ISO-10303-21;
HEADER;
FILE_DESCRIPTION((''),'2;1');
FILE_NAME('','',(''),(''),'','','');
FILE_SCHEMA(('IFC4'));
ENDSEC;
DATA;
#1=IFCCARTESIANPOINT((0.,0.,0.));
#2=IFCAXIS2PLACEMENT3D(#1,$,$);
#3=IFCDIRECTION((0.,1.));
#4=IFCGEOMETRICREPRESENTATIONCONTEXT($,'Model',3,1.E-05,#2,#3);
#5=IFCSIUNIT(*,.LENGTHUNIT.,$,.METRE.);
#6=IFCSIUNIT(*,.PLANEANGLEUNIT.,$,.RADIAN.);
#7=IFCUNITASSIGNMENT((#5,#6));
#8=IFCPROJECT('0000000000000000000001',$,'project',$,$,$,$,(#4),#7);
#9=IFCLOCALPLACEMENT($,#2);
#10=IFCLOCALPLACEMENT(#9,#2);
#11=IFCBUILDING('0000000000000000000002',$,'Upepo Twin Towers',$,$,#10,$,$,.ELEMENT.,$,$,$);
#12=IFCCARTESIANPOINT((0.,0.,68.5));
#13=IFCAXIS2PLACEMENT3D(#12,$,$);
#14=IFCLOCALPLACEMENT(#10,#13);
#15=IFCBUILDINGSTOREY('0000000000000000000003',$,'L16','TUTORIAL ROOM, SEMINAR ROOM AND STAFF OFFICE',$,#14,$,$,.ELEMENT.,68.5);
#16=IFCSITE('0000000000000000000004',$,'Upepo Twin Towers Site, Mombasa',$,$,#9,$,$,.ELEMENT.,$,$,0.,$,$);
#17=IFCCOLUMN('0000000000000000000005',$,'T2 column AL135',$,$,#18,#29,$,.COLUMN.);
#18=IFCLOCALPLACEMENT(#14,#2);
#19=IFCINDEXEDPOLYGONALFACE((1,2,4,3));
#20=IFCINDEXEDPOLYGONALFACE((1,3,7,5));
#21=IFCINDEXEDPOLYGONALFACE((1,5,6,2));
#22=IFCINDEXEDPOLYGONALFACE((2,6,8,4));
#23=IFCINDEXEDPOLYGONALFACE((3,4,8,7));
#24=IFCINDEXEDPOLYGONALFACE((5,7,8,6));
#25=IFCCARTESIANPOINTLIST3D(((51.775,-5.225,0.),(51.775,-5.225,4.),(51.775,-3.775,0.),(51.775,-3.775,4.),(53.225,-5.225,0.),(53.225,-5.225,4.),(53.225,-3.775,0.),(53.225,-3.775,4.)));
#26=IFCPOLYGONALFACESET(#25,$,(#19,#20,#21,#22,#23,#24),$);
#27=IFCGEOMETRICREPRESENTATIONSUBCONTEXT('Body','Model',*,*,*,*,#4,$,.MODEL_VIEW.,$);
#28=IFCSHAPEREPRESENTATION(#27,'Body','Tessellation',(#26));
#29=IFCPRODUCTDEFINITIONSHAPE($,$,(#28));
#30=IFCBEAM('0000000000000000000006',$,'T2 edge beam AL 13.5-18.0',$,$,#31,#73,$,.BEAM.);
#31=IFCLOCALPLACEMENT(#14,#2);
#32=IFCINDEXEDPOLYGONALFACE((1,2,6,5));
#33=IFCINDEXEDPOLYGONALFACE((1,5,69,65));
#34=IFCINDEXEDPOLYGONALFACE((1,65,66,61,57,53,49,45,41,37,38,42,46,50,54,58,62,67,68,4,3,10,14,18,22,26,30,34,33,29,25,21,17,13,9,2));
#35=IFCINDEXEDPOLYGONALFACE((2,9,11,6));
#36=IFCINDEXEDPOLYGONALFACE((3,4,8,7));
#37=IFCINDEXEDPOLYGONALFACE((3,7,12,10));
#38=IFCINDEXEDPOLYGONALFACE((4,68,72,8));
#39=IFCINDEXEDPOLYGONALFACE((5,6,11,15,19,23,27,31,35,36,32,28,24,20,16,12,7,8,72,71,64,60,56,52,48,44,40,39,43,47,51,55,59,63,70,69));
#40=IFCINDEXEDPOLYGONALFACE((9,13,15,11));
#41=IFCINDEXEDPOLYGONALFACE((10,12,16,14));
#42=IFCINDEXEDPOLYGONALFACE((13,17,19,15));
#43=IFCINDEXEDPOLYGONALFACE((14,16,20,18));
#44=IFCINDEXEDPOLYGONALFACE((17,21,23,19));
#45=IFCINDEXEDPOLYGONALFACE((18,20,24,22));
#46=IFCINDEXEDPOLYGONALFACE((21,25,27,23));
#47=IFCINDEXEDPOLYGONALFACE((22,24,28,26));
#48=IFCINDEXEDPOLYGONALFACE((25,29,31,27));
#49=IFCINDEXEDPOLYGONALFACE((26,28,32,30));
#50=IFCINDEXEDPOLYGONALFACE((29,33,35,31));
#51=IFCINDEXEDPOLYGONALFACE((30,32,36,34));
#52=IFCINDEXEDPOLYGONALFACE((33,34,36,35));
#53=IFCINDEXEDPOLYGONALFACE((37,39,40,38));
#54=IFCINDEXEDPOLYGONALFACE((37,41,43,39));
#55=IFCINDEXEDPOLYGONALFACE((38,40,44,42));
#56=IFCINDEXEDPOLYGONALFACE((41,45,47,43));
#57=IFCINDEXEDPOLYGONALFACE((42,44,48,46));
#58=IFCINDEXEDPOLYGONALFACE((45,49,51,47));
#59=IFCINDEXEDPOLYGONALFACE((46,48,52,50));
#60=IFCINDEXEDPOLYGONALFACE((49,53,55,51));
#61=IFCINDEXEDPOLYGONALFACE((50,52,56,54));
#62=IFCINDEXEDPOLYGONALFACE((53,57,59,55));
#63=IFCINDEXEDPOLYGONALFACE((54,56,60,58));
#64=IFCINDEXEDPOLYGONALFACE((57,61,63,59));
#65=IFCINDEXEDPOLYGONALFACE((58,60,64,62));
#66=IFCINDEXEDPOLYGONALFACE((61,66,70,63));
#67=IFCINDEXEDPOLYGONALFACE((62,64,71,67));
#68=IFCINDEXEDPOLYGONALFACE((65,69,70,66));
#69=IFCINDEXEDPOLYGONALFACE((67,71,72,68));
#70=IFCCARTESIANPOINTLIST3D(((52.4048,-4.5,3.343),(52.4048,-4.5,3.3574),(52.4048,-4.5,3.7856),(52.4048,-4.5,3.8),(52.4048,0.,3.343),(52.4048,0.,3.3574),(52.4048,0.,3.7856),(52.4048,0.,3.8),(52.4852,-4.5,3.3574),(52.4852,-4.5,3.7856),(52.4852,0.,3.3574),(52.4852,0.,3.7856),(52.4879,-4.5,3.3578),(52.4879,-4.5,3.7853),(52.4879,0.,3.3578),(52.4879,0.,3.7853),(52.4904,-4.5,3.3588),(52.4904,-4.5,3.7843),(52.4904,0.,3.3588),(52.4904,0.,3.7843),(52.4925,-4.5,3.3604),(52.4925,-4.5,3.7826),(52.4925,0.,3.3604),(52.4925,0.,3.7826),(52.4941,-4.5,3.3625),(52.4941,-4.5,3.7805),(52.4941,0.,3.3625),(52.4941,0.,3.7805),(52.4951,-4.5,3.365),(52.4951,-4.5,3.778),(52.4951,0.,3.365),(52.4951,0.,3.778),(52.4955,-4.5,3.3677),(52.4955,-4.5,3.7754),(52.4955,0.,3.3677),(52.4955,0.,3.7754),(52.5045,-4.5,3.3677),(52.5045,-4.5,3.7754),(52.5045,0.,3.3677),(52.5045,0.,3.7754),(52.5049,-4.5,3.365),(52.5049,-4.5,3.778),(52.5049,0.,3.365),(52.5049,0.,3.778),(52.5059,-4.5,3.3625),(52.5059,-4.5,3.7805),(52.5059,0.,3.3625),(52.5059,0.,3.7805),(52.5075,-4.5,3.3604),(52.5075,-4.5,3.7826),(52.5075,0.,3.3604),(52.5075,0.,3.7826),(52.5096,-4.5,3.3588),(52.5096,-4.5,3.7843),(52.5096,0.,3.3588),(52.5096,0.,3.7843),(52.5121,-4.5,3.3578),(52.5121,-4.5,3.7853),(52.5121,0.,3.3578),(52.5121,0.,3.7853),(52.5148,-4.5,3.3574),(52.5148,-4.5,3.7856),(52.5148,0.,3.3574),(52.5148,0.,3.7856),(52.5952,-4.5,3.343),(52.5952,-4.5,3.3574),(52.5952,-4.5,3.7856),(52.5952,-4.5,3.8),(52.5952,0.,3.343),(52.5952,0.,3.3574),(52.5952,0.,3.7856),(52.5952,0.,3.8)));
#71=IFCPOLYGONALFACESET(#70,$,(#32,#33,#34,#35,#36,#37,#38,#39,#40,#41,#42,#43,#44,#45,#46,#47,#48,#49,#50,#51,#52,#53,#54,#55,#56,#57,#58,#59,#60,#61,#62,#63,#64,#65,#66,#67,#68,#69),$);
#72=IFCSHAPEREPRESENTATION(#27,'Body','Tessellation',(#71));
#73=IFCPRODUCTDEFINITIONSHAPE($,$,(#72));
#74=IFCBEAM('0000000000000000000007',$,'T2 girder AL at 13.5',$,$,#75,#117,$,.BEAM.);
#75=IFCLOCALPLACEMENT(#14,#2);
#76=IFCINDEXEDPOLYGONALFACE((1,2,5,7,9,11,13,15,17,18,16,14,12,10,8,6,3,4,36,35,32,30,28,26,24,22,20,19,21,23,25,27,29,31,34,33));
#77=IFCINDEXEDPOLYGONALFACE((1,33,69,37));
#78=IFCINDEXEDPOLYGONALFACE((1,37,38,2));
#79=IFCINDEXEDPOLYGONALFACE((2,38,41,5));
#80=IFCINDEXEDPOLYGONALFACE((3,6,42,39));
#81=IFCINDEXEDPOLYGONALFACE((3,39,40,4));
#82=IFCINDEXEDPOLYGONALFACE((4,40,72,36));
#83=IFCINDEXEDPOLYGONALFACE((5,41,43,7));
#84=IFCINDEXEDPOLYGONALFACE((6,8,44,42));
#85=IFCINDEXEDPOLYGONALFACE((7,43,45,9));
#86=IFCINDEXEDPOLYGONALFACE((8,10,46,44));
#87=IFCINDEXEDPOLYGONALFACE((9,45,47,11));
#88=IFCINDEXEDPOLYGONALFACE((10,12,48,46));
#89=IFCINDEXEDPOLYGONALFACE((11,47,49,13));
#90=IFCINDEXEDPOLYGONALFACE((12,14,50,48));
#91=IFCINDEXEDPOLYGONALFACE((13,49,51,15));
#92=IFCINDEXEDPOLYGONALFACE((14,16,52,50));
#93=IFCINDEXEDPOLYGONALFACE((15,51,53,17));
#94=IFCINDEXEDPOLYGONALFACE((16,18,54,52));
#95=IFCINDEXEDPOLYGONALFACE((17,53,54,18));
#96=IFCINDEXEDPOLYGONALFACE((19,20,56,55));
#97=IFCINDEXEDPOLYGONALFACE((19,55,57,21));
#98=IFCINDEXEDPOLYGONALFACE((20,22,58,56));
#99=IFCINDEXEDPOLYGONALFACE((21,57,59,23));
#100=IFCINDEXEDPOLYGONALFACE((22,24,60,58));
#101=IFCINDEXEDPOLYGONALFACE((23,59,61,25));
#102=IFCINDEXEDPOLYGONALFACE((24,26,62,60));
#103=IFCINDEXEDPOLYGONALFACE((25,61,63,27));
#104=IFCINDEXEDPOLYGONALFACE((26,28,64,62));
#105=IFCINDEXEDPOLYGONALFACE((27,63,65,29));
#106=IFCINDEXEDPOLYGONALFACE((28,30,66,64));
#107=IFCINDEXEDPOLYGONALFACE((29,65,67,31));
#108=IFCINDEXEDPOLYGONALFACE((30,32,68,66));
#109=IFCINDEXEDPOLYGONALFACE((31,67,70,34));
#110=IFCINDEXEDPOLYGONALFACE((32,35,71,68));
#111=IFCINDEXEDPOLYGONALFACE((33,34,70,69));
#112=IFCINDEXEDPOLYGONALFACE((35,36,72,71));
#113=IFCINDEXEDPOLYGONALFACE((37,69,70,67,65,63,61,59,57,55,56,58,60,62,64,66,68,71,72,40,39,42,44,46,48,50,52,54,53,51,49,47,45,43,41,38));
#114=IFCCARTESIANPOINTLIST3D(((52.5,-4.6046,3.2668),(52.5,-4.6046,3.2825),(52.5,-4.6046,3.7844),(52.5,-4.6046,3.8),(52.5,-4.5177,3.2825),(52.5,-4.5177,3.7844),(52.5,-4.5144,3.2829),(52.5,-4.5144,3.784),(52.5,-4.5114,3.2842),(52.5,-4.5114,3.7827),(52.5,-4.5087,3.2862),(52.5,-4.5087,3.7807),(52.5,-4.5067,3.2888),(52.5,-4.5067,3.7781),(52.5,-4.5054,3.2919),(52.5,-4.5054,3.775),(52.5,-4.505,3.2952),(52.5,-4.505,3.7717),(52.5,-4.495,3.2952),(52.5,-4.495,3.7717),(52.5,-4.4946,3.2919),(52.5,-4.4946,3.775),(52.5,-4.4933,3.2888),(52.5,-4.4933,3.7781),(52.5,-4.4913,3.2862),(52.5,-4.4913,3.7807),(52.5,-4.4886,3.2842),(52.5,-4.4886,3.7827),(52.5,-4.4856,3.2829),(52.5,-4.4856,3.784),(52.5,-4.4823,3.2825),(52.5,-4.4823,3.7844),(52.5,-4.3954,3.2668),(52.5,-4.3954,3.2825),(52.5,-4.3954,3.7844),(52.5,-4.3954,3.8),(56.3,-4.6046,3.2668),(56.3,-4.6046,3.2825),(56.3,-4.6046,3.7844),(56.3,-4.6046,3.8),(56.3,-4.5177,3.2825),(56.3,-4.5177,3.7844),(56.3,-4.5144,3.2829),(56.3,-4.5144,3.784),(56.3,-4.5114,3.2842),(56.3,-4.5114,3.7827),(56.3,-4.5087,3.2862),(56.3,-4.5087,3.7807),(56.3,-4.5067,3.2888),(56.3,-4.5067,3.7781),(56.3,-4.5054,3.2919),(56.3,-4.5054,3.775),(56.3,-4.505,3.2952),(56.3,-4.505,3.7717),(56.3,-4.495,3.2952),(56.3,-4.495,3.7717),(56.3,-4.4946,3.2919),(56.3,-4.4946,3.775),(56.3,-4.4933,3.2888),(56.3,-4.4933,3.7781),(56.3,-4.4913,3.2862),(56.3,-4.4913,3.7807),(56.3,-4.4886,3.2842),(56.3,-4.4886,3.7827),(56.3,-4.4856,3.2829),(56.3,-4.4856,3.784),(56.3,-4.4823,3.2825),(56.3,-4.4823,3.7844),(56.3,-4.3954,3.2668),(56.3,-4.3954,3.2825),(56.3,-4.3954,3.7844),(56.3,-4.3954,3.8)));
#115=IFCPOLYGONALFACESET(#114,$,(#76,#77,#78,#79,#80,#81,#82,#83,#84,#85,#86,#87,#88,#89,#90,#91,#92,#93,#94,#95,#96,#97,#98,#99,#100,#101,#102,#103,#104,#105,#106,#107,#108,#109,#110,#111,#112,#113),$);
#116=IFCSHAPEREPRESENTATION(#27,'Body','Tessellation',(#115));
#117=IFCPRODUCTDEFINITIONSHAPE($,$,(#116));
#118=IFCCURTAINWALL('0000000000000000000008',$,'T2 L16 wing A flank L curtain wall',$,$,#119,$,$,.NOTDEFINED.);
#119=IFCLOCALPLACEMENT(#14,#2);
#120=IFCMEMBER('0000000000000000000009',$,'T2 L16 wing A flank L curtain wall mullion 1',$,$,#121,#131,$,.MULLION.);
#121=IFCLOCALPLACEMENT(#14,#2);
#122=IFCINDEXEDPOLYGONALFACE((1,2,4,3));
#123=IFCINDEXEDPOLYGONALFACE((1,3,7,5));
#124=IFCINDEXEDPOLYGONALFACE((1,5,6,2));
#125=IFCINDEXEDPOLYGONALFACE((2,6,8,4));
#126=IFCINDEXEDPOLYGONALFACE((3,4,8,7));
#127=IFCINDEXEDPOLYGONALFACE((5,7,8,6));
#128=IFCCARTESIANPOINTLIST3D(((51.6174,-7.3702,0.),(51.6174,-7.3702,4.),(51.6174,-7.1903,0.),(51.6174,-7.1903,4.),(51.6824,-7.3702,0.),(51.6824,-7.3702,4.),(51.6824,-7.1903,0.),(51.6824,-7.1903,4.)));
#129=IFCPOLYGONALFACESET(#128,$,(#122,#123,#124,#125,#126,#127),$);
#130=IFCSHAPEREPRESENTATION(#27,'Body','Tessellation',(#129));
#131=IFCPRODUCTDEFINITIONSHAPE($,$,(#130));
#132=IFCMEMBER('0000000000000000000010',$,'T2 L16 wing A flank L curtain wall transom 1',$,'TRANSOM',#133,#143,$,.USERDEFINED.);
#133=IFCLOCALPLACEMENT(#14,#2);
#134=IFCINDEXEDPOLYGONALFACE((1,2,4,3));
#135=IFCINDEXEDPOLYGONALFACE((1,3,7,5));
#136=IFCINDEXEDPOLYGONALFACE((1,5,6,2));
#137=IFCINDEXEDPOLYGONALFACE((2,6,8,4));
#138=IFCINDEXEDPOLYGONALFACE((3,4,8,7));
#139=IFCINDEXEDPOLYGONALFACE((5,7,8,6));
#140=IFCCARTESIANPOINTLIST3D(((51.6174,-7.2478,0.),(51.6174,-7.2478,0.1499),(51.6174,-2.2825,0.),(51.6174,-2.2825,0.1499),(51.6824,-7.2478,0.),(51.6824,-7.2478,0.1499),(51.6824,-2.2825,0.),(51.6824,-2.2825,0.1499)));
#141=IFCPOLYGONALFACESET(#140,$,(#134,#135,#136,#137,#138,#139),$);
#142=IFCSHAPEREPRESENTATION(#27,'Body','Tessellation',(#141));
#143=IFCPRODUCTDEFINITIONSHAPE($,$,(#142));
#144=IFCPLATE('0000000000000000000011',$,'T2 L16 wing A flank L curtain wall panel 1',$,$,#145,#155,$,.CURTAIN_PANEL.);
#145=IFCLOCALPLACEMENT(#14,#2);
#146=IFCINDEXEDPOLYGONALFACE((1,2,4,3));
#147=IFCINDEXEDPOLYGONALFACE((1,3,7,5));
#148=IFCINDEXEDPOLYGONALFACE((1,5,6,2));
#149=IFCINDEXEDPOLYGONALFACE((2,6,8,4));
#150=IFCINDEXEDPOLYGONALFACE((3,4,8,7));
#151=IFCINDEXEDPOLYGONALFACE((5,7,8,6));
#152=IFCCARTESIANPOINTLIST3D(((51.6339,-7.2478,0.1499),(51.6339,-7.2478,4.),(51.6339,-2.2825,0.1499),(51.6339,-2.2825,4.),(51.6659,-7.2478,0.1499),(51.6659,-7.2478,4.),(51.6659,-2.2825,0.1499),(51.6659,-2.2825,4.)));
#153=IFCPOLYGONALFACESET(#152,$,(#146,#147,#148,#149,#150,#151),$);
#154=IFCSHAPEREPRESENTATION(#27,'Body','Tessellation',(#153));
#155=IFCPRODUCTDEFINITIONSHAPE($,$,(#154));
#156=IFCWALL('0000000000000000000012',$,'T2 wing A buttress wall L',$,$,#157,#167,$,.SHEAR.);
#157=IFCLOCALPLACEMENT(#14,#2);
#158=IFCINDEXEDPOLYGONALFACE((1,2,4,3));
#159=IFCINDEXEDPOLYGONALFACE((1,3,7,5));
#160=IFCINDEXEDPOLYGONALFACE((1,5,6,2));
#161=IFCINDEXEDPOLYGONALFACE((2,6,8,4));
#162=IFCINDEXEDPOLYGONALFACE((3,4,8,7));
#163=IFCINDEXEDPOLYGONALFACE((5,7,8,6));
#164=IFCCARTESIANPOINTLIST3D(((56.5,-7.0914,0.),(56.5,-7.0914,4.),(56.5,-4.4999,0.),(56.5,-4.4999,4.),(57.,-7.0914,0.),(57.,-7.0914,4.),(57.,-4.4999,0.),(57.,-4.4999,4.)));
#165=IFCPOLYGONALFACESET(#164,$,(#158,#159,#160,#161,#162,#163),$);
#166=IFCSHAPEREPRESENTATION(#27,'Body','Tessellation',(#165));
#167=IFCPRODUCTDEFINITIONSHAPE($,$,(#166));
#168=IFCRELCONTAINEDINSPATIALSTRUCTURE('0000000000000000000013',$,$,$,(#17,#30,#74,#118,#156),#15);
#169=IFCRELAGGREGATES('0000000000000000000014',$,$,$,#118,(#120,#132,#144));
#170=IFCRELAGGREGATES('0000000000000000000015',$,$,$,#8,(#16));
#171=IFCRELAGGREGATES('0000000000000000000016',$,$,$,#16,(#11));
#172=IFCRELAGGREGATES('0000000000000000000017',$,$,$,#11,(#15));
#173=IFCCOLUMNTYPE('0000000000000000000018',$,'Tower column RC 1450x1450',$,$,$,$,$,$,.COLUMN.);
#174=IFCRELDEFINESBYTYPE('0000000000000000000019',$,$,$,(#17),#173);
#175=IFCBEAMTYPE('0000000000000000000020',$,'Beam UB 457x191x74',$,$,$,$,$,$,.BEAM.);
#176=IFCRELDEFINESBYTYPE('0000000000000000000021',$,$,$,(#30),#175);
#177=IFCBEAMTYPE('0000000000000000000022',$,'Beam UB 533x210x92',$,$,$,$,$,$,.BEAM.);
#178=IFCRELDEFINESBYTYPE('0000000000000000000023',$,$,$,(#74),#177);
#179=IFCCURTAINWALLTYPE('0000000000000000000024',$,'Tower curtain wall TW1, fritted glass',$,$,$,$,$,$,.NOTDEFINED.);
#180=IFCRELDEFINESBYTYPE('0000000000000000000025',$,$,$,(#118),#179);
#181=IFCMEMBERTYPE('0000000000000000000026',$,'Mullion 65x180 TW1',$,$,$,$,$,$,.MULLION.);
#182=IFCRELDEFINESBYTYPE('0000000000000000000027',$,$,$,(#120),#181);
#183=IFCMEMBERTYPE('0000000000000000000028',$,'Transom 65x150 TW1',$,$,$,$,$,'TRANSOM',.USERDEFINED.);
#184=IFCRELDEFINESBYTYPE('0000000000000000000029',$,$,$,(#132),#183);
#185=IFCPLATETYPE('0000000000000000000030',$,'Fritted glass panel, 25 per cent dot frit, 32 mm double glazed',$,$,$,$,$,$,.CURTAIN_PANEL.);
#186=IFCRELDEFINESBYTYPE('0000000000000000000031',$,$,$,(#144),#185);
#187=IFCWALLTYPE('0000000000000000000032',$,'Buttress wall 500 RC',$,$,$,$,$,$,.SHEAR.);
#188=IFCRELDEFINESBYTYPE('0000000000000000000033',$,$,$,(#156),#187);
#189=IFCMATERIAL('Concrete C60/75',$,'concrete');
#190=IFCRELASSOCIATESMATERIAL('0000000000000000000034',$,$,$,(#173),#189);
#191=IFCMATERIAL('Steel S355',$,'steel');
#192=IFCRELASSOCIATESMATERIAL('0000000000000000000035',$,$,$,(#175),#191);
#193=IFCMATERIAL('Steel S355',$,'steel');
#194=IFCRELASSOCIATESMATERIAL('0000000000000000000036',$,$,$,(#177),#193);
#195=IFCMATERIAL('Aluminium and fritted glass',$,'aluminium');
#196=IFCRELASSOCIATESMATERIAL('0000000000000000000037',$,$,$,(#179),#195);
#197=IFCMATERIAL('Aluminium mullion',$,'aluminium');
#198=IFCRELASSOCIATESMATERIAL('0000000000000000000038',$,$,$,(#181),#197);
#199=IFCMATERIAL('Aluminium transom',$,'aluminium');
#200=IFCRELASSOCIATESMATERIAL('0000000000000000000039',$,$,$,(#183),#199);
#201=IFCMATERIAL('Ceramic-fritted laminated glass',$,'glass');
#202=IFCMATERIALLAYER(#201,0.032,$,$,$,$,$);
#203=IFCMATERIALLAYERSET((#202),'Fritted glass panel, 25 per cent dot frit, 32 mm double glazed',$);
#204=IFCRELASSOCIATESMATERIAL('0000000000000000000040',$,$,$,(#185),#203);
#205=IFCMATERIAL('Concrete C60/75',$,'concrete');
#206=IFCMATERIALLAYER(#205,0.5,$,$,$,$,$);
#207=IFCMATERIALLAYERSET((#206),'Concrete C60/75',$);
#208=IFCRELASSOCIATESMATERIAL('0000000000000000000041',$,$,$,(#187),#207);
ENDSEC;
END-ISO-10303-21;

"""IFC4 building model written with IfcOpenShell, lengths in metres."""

from ifc_helpers import new_model, si_unit, direction, frame, frame_2d, origin, origin_2d, place, context, subcontext, project, spatial, rectangle, i_section, extrude, material, layer, layer_set, material_profile, profile_set, type_object, element, aggregate, save


model = new_model("IFC4")

# Units and contexts
model_context = context("Model", 3, precision=1e-05, world=origin(), true_north=direction((0.0, 1.0)))
body_context = subcontext(model_context, "Body", "Model", "MODEL_VIEW")
ifc_project = project(units=[si_unit("LENGTHUNIT", "METRE"), si_unit("PLANEANGLEUNIT", "RADIAN")], contexts=[model_context])

# Site, building, storey
site_placement = place(None, origin())
site = spatial("IfcSite", under=ifc_project, at=site_placement, Name="Upepo Twin Towers Site, Mombasa", CompositionType="ELEMENT", RefElevation=0.0)
building_placement = place(site_placement, origin())
building = spatial("IfcBuilding", under=site, at=building_placement, Name="Upepo Twin Towers", CompositionType="ELEMENT")
storey_placement = place(building_placement, frame((0.0, 0.0, 68.5)))
storey = spatial("IfcBuildingStorey", under=building, at=storey_placement, Name="L16", Description="TUTORIAL ROOM, SEMINAR ROOM AND STAFF OFFICE", CompositionType="ELEMENT", Elevation=68.5)

# Column
ifc_material_1 = material(Name="Concrete C60/75", Category="concrete")
ifc_material_profile_1 = material_profile(ifc_material_1, rectangle(XDim=1.45, YDim=1.45, at=origin_2d()), Name="RC 1450x1450")
ifc_profile_set_1 = profile_set([ifc_material_profile_1], Name="Concrete C60/75")
column_type = type_object("IfcColumnType", Name="Tower column RC 1450x1450", PredefinedType="COLUMN", material=ifc_profile_set_1)
column_placement = place(storey_placement, frame((52.5, -4.5, 0.0), z_axis=(0.0, 0.0, 1.0), x_axis=(1.0, 0.0, 0.0)))
element("IfcColumn", 1, at=column_placement, inside=storey, type_object=column_type, Name="T2 column AL135", PredefinedType="COLUMN", context=body_context, shape_type="SweptSolid", body=[
    extrude(rectangle(XDim=1.45, YDim=1.45, at=origin_2d()), origin(), (0.0, 0.0, 1.0), 4.0),
])

# Beams
ifc_material_2 = material(Name="Steel S355", Category="steel")
ifc_material_profile_2 = material_profile(ifc_material_2, i_section(OverallWidth=0.1904, OverallDepth=0.457, WebThickness=0.009, FlangeThickness=0.0144, FilletRadius=0.0103, at=origin_2d()), Name="UB 457x191x74")
ifc_profile_set_2 = profile_set([ifc_material_profile_2], Name="Steel S355")
beam_type_1 = type_object("IfcBeamType", Name="Beam UB 457x191x74", PredefinedType="BEAM", material=ifc_profile_set_2)
beam_1_placement = place(storey_placement, frame((52.5, -4.5, 3.5715), z_axis=(0.0, 1.0, 0.0), x_axis=(-1.0, 0.0, 0.0)))
element("IfcBeam", 2, at=beam_1_placement, inside=storey, type_object=beam_type_1, Name="T2 edge beam AL 13.5-18.0", PredefinedType="BEAM", context=body_context, shape_type="SweptSolid", body=[
    extrude(i_section(OverallWidth=0.1904, OverallDepth=0.457, WebThickness=0.009, FlangeThickness=0.0144, FilletRadius=0.0103, at=origin_2d()), origin(), (0.0, 0.0, 1.0), 4.5),
])
ifc_material_3 = material(Name="Steel S355", Category="steel")
ifc_material_profile_3 = material_profile(ifc_material_3, i_section(OverallWidth=0.2092, OverallDepth=0.5332, WebThickness=0.01, FlangeThickness=0.0156, FilletRadius=0.0127, at=origin_2d()), Name="UB 533x210x92")
ifc_profile_set_3 = profile_set([ifc_material_profile_3], Name="Steel S355")
beam_type_2 = type_object("IfcBeamType", Name="Beam UB 533x210x92", PredefinedType="BEAM", material=ifc_profile_set_3)
beam_2_placement = place(storey_placement, frame((52.5, -4.5, 3.5334), z_axis=(1.0, 0.0, 0.0), x_axis=(0.0, 1.0, 0.0)))
element("IfcBeam", 3, at=beam_2_placement, inside=storey, type_object=beam_type_2, Name="T2 girder AL at 13.5", PredefinedType="BEAM", context=body_context, shape_type="SweptSolid", body=[
    extrude(i_section(OverallWidth=0.2092, OverallDepth=0.5332, WebThickness=0.01, FlangeThickness=0.0156, FilletRadius=0.0127, at=origin_2d()), origin(), (0.0, 0.0, 1.0), 3.8),
])

# Curtain wall, members, plate
ifc_material_4 = material(Name="Aluminium and fritted glass", Category="aluminium")
curtain_wall_type = type_object("IfcCurtainWallType", Name="Tower curtain wall TW1, fritted glass", PredefinedType="NOTDEFINED", material=ifc_material_4)
curtain_wall_placement = place(storey_placement, origin())
curtain_wall = element("IfcCurtainWall", 4, at=curtain_wall_placement, inside=storey, type_object=curtain_wall_type, Name="T2 L16 wing A flank L curtain wall", PredefinedType="NOTDEFINED")
ifc_material_5 = material(Name="Aluminium mullion", Category="aluminium")
ifc_material_profile_4 = material_profile(ifc_material_5, rectangle(XDim=0.0649, YDim=0.1799, at=origin_2d()), Name="MULLION 65x180")
ifc_profile_set_4 = profile_set([ifc_material_profile_4], Name="Aluminium mullion")
member_type_1 = type_object("IfcMemberType", Name="Mullion 65x180 TW1", PredefinedType="MULLION", material=ifc_profile_set_4)
member_1_placement = place(storey_placement, frame((51.6499, -7.2803, 0.0), z_axis=(0.0, 0.0, 1.0), x_axis=(-1.0, 0.0, 0.0)))
member_1 = element("IfcMember", 5, at=member_1_placement, type_object=member_type_1, Name="T2 L16 wing A flank L curtain wall mullion 1", PredefinedType="MULLION", context=body_context, shape_type="SweptSolid", body=[
    extrude(rectangle(XDim=0.0649, YDim=0.1799, at=origin_2d()), origin(), (0.0, 0.0, 1.0), 4.0),
])
ifc_material_6 = material(Name="Aluminium transom", Category="aluminium")
ifc_material_profile_5 = material_profile(ifc_material_6, rectangle(XDim=0.0649, YDim=0.1499, at=origin_2d()), Name="TRANSOM 65x150")
ifc_profile_set_5 = profile_set([ifc_material_profile_5], Name="Aluminium transom")
member_type_2 = type_object("IfcMemberType", Name="Transom 65x150 TW1", ElementType="TRANSOM", PredefinedType="USERDEFINED", material=ifc_profile_set_5)
member_2_placement = place(storey_placement, frame((51.6499, -7.2478, 0.075), z_axis=(0.0, 1.0, 0.0), x_axis=(-1.0, 0.0, 0.0)))
member_2 = element("IfcMember", 6, at=member_2_placement, type_object=member_type_2, Name="T2 L16 wing A flank L curtain wall transom 1", ObjectType="TRANSOM", PredefinedType="USERDEFINED", context=body_context, shape_type="SweptSolid", body=[
    extrude(rectangle(XDim=0.0649, YDim=0.1499, at=origin_2d()), origin(), (0.0, 0.0, 1.0), 4.9653),
])
ifc_material_7 = material(Name="Ceramic-fritted laminated glass", Category="glass")
ifc_layer_1 = layer(ifc_material_7, 0.032)
ifc_layer_set_1 = layer_set([ifc_layer_1], Name="Fritted glass panel, 25 per cent dot frit, 32 mm double glazed")
plate_type = type_object("IfcPlateType", Name="Fritted glass panel, 25 per cent dot frit, 32 mm double glazed", PredefinedType="CURTAIN_PANEL", material=ifc_layer_set_1)
plate_placement = place(storey_placement, frame((51.6499, -4.7651, 0.1499), z_axis=(0.0, 0.0, 1.0), x_axis=(0.0, 1.0, 0.0)))
plate = element("IfcPlate", 7, at=plate_placement, type_object=plate_type, Name="T2 L16 wing A flank L curtain wall panel 1", PredefinedType="CURTAIN_PANEL", context=body_context, shape_type="SweptSolid", body=[
    extrude(rectangle(XDim=4.9653, YDim=0.032, at=origin_2d()), origin(), (0.0, 0.0, 1.0), 3.8501),
])
aggregate(curtain_wall, [member_1, member_2, plate])

# Wall
ifc_material_8 = material(Name="Concrete C60/75", Category="concrete")
ifc_layer_2 = layer(ifc_material_8, 0.5)
ifc_layer_set_2 = layer_set([ifc_layer_2], Name="Concrete C60/75")
wall_type_1 = type_object("IfcWallType", Name="Buttress wall 500 RC", PredefinedType="SHEAR", material=ifc_layer_set_2)
wall_1_placement = place(storey_placement, frame((56.75, -7.0916, 0.0), z_axis=(0.0, 0.0, 1.0), x_axis=(0.0, 1.0, 0.0)))
element("IfcWall", 8, at=wall_1_placement, inside=storey, type_object=wall_type_1, Name="T2 wing A buttress wall L", PredefinedType="SHEAR", context=body_context, shape_type="SweptSolid", body=[
    extrude(rectangle(XDim=2.5916, YDim=0.5, at=frame_2d((1.2959, 0.0))), origin(), (0.0, 0.0, 1.0), 4.0),
])

save(model, "model.ifc")
